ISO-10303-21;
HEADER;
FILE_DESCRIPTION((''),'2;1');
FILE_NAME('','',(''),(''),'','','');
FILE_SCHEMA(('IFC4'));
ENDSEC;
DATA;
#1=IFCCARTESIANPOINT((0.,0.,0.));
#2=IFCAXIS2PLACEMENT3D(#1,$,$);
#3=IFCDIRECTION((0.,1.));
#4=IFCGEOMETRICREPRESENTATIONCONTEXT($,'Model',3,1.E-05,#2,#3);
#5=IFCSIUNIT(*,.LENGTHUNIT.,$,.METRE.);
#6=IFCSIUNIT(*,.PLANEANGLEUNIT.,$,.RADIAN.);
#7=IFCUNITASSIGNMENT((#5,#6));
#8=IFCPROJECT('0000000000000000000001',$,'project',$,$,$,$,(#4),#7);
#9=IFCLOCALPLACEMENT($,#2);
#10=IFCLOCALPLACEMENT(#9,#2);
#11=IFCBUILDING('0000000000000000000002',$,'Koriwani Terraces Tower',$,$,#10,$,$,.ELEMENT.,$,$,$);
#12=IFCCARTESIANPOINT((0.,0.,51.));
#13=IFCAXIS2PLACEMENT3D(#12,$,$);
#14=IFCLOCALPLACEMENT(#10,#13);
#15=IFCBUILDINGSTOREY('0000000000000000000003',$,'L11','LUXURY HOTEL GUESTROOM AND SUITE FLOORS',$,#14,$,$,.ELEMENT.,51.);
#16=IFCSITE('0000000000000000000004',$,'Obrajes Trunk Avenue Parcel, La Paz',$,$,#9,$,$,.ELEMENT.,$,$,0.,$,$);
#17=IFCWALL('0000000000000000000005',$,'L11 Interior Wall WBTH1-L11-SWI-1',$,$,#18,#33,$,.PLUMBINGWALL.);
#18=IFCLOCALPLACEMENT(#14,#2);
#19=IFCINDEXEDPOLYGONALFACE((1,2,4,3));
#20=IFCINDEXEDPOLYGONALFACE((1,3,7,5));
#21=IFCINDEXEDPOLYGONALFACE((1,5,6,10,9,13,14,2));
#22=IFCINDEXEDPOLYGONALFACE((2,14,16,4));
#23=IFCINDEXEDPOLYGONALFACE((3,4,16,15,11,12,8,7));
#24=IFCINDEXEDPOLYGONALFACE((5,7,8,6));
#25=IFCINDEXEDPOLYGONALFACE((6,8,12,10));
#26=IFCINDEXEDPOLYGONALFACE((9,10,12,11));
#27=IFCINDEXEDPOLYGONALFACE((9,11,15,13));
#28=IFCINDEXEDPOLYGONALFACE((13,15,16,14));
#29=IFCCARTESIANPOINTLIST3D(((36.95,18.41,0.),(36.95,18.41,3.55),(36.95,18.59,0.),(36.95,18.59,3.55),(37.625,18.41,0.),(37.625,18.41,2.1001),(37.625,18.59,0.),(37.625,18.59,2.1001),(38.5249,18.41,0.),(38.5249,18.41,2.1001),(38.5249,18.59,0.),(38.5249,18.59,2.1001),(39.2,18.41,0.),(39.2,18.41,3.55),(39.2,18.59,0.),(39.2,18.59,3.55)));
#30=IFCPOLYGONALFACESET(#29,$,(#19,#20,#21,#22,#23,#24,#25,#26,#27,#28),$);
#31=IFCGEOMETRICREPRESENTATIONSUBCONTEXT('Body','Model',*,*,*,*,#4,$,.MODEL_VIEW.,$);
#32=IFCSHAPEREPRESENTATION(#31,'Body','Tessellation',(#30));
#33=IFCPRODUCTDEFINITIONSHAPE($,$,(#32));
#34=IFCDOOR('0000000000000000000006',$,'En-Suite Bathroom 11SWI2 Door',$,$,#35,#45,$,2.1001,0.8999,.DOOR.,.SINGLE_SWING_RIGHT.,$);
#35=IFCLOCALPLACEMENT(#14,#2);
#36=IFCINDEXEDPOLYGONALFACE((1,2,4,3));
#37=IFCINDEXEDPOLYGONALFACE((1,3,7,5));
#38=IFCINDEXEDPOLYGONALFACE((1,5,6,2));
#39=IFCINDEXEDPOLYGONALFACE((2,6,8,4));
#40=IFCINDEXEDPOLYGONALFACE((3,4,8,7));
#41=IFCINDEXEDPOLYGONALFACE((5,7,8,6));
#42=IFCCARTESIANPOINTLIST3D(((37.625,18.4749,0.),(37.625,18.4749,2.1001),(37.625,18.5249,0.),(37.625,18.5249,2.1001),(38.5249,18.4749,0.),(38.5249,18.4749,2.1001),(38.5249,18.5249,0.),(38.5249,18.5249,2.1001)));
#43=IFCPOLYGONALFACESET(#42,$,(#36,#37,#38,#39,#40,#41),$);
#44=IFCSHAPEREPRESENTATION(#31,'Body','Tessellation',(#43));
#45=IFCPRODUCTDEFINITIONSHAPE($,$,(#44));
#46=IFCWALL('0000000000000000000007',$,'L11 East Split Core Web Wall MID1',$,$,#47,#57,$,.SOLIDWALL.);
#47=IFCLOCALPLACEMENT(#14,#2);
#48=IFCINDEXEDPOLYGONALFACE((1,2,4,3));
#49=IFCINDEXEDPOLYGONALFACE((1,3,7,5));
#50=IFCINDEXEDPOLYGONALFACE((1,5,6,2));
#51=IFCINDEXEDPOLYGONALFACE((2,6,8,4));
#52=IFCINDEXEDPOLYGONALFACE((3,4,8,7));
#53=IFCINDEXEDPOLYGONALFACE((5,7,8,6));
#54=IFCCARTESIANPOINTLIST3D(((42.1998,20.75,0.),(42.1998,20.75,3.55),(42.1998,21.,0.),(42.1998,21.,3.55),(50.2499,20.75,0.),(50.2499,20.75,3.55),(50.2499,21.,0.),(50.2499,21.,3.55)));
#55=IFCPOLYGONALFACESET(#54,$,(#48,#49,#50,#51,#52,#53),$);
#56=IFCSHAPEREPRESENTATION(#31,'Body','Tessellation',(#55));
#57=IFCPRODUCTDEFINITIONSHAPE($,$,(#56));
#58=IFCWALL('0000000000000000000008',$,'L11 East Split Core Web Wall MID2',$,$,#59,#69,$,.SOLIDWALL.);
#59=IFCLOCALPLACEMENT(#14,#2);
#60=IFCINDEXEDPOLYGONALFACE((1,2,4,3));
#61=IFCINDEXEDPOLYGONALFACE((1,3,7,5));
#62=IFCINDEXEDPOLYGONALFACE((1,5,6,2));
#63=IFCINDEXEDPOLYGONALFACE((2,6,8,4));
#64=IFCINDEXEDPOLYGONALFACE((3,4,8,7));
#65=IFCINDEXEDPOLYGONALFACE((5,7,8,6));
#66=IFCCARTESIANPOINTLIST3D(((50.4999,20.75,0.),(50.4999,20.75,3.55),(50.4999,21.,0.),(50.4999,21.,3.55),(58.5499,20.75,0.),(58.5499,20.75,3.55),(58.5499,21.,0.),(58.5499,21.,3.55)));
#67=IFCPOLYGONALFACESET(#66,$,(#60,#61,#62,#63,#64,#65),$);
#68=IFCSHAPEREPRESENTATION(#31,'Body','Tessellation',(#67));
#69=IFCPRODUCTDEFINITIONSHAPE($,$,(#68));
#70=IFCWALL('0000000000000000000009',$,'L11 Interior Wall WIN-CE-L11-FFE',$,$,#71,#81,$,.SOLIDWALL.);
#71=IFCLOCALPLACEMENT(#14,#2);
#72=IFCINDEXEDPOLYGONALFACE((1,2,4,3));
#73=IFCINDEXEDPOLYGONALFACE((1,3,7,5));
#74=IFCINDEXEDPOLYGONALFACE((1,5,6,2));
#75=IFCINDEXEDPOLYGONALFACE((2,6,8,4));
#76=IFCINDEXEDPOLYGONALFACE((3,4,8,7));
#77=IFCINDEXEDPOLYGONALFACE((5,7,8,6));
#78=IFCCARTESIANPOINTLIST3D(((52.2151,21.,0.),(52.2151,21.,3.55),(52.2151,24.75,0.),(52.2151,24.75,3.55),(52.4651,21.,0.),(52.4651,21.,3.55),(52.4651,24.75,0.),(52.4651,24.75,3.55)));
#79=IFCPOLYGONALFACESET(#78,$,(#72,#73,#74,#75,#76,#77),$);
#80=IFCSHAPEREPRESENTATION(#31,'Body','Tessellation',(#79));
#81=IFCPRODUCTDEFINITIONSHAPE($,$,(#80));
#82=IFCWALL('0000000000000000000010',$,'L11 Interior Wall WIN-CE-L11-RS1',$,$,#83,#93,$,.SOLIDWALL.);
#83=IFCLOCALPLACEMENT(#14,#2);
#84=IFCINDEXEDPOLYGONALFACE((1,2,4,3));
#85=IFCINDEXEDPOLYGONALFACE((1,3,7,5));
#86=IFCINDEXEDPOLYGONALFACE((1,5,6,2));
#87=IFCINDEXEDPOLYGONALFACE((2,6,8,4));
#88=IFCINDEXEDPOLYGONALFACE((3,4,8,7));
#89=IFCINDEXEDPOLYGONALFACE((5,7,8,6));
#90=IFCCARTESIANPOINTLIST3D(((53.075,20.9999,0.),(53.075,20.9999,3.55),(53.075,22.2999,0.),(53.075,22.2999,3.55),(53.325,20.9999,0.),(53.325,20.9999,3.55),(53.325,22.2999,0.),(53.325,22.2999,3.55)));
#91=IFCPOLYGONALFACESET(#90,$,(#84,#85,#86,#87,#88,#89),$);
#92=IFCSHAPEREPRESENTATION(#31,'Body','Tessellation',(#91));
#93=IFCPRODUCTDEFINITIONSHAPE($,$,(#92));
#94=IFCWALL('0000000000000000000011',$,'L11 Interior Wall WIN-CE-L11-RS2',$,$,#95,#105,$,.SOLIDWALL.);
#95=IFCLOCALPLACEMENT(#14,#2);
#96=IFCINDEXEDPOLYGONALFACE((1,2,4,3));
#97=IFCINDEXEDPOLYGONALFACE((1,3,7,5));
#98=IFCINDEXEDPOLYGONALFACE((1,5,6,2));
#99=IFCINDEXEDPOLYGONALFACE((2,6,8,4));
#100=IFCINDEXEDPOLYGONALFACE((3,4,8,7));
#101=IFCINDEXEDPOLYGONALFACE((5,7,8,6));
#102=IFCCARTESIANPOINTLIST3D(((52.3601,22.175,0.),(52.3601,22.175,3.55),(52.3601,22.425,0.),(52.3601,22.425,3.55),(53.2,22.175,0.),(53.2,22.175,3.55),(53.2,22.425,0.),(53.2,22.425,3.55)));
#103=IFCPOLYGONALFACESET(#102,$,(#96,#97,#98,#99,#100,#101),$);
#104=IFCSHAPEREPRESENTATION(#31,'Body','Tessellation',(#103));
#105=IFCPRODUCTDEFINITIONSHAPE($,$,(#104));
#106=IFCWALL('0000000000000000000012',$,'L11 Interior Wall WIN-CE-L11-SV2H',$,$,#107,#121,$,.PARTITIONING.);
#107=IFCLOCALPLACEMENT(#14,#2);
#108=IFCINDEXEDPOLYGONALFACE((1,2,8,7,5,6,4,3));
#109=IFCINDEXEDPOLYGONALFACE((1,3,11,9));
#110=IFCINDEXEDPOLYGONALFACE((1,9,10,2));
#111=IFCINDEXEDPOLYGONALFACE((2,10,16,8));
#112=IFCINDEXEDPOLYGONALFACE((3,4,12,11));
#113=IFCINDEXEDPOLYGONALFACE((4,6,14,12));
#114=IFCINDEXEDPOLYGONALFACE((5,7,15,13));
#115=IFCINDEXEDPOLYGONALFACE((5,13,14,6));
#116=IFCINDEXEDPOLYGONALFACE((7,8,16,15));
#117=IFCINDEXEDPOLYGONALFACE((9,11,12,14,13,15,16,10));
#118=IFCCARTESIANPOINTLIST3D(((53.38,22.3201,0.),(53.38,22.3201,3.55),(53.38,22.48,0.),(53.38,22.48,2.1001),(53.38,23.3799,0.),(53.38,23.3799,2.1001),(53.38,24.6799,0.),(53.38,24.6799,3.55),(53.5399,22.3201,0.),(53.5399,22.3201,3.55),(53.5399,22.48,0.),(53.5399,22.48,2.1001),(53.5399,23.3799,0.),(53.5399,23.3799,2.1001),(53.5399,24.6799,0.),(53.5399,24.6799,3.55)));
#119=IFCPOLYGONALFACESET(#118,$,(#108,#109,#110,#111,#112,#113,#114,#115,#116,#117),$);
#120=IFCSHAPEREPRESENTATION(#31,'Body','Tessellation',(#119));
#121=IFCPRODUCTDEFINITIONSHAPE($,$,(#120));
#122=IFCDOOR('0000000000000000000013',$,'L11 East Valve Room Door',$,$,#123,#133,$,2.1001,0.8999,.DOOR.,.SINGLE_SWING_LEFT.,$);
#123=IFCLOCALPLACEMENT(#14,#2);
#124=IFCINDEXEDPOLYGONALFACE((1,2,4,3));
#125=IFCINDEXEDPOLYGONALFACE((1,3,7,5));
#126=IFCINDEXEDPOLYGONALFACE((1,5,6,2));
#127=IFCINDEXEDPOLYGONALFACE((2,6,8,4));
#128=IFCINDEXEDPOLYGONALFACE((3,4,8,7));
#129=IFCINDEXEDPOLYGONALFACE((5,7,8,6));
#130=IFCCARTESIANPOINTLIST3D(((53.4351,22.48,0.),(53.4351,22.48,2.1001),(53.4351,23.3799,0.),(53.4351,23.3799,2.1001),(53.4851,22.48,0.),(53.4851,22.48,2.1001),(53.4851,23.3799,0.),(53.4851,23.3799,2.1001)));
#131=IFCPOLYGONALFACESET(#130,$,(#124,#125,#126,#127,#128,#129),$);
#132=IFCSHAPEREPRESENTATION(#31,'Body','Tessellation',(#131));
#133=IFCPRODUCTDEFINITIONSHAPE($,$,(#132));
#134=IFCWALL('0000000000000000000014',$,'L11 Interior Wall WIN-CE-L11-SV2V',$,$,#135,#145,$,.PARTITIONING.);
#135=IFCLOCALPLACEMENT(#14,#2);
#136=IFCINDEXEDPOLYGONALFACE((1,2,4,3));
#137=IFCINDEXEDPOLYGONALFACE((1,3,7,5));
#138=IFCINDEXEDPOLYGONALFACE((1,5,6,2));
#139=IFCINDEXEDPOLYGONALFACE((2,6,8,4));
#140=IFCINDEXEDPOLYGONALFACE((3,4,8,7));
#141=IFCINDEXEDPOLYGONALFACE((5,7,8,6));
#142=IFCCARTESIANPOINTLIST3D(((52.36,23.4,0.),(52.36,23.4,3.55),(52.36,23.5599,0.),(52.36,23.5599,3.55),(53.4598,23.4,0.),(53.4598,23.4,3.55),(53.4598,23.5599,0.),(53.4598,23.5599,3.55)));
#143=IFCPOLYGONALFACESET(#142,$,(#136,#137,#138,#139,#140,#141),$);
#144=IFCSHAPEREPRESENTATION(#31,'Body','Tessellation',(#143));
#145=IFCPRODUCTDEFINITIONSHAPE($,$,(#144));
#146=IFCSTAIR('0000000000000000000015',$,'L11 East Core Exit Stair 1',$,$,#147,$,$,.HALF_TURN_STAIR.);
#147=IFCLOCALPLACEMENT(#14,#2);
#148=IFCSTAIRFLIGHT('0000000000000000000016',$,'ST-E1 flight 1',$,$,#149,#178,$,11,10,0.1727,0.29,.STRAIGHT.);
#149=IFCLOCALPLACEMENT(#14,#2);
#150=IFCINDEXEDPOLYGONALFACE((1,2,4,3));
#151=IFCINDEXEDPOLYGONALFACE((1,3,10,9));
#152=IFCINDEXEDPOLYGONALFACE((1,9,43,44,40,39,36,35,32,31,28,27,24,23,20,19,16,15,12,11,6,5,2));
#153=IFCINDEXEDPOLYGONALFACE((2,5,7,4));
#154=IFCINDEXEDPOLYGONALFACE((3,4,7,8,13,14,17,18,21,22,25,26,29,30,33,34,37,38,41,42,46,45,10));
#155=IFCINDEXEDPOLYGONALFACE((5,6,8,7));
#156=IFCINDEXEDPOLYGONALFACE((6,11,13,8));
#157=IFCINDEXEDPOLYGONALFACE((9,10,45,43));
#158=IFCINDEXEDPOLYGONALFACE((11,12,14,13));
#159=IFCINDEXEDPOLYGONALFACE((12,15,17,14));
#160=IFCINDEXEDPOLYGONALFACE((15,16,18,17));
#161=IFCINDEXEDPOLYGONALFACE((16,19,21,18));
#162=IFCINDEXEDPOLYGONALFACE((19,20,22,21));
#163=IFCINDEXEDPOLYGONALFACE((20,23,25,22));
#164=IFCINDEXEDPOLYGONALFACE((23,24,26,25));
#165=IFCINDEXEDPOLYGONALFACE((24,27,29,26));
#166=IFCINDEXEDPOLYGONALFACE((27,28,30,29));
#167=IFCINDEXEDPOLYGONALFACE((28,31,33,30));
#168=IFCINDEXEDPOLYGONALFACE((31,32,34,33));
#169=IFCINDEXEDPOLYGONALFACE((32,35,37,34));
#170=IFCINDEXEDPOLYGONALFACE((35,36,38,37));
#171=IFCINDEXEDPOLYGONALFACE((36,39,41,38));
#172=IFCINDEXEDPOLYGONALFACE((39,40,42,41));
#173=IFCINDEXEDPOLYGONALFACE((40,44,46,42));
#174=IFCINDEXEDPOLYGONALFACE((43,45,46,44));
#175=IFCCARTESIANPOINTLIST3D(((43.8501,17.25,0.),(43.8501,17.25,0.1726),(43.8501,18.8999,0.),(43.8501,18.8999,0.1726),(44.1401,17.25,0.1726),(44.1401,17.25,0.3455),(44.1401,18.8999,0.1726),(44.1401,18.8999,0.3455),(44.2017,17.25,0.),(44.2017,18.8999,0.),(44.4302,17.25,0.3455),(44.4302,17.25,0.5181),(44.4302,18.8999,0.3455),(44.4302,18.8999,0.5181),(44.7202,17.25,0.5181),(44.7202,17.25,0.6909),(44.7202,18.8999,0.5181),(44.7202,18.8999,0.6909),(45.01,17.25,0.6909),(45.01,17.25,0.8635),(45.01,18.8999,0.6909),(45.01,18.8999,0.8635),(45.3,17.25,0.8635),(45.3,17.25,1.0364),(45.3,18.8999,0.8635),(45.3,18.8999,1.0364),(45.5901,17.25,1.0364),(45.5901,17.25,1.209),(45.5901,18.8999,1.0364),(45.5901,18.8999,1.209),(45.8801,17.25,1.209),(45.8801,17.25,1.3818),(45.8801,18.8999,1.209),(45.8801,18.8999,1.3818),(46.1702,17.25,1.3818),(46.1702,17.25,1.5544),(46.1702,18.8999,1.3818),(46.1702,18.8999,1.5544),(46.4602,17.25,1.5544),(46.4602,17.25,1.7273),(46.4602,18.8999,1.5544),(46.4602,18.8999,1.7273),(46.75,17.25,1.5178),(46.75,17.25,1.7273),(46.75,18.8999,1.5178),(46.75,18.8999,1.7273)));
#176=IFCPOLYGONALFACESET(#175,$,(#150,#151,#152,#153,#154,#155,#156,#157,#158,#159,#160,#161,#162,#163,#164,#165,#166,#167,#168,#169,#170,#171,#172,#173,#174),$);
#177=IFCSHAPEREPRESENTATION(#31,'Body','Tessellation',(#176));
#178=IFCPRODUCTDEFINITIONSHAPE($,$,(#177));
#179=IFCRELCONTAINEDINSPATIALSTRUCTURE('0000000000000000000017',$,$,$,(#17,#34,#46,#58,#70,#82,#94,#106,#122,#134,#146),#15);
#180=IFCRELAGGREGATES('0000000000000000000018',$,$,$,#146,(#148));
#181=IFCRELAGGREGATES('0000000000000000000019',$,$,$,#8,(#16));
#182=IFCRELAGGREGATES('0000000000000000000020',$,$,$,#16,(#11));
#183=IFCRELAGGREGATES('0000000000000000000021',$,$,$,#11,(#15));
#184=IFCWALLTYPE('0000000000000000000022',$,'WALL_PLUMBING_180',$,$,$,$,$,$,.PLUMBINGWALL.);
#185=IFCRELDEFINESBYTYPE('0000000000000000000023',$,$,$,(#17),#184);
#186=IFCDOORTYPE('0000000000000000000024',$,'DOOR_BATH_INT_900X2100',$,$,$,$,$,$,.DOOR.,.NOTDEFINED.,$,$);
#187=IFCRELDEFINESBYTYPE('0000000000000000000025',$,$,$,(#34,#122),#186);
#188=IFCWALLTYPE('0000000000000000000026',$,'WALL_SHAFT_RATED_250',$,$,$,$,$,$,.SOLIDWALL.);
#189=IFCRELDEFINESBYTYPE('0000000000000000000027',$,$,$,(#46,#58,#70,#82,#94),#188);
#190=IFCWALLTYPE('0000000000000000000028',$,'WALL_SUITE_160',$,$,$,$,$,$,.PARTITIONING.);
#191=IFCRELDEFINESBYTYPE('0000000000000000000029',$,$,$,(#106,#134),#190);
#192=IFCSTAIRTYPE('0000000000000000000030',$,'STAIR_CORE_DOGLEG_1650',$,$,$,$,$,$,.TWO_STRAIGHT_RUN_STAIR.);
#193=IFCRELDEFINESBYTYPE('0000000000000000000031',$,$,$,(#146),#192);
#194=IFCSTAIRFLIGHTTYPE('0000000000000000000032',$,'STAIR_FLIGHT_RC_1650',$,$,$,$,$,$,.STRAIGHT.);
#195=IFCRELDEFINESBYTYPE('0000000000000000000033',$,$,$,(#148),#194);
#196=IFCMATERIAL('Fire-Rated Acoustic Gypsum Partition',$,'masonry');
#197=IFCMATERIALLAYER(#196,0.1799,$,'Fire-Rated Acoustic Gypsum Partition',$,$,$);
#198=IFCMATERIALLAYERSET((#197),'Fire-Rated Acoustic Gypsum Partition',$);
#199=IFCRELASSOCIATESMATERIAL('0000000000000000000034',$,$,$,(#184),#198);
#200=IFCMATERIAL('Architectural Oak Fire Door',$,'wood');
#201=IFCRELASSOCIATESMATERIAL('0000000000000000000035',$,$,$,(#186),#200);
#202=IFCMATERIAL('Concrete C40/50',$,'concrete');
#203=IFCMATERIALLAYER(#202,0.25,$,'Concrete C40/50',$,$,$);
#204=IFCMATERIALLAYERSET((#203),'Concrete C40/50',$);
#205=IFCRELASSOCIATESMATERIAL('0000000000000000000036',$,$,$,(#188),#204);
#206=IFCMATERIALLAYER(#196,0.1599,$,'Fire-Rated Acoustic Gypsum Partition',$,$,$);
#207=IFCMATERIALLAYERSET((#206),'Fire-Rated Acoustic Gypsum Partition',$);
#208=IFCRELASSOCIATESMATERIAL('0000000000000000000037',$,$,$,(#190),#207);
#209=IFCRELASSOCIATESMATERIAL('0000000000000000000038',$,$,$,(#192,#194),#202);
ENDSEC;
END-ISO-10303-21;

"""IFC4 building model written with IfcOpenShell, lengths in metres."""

from ifc_helpers import new_model, si_unit, direction, frame, frame_2d, origin, place, context, subcontext, project, spatial, polyline, rectangle, outline, extrude, material, layer, layer_set, type_object, element, fill, aggregate, save


model = new_model("IFC4")

# Units and contexts
model_context = context("Model", 3, precision=1e-05, world=origin(), true_north=direction((0.0, 1.0)))
body_context = subcontext(model_context, "Body", "Model", "MODEL_VIEW")
ifc_project = project(units=[si_unit("LENGTHUNIT", "METRE"), si_unit("PLANEANGLEUNIT", "RADIAN")], contexts=[model_context])

# Site, building, storey
site_placement = place(None, origin())
site = spatial("IfcSite", under=ifc_project, at=site_placement, Name="Obrajes Trunk Avenue Parcel, La Paz", CompositionType="ELEMENT", RefElevation=0.0)
building_placement = place(site_placement, origin())
building = spatial("IfcBuilding", under=site, at=building_placement, Name="Koriwani Terraces Tower", CompositionType="ELEMENT")
storey_placement = place(building_placement, frame((0.0, 0.0, 51.0)))
storey = spatial("IfcBuildingStorey", under=building, at=storey_placement, Name="L11", Description="LUXURY HOTEL GUESTROOM AND SUITE FLOORS", CompositionType="ELEMENT", Elevation=51.0)

# Wall, opening, door
ifc_material_1 = material(Name="Fire-Rated Acoustic Gypsum Partition", Category="masonry")
ifc_layer_1 = layer(ifc_material_1, 0.1799, Name="Fire-Rated Acoustic Gypsum Partition")
ifc_layer_set_1 = layer_set([ifc_layer_1], Name="Fire-Rated Acoustic Gypsum Partition")
wall_type_1 = type_object("IfcWallType", Name="WALL_PLUMBING_180", PredefinedType="PLUMBINGWALL", material=ifc_layer_set_1)
ifc_material_2 = material(Name="Architectural Oak Fire Door", Category="wood")
door_type_1 = type_object("IfcDoorType", Name="DOOR_BATH_INT_900X2100", OperationType="NOTDEFINED", PredefinedType="DOOR", material=ifc_material_2)
wall_1_placement = place(storey_placement, frame((36.95, 18.5, 0.0), z_axis=(0.0, 0.0, 1.0), x_axis=(1.0, 0.0, 0.0)))
wall_1 = element("IfcWall", 1, at=wall_1_placement, inside=storey, type_object=wall_type_1, Name="L11 Interior Wall WBTH1-L11-SWI-1", PredefinedType="PLUMBINGWALL", context=body_context, shape_type="SweptSolid", body=[
    extrude(rectangle(XDim=2.25, YDim=0.1799, at=frame_2d((1.125, 0.0))), origin(), (0.0, 0.0, 1.0), 3.55),
])
opening_1_placement = place(wall_1_placement, frame((0.675, 0.0, 0.0)))
opening_1 = element("IfcOpeningElement", 2, at=opening_1_placement, cuts=wall_1, PredefinedType="OPENING", context=body_context, shape_type="SweptSolid", body=[
    extrude(rectangle(XDim=0.8999, YDim=2.1001, at=frame_2d((0.45, 1.05))), frame((0.0, 0.1001, 0.0), z_axis=(0.0, -1.0, 0.0), x_axis=(1.0, 0.0, 0.0)), (0.0, 0.0, 1.0), 0.2),
])
door_1_placement = place(opening_1_placement, origin())
door_1 = element("IfcDoor", 3, at=door_1_placement, inside=storey, type_object=door_type_1, Name="En-Suite Bathroom 11SWI2 Door", OperationType="SINGLE_SWING_RIGHT", OverallHeight=2.1001, OverallWidth=0.8999, PredefinedType="DOOR", context=body_context, shape_type="SweptSolid", body=[
    extrude(rectangle(XDim=0.8999, YDim=2.1001, at=frame_2d((0.45, 1.05))), frame((0.0, 0.0249, 0.0), z_axis=(0.0, -1.0, 0.0), x_axis=(1.0, 0.0, 0.0)), (0.0, 0.0, 1.0), 0.05),
])
fill(opening_1, door_1)

# Walls
ifc_material_3 = material(Name="Concrete C40/50", Category="concrete")
ifc_layer_2 = layer(ifc_material_3, 0.25, Name="Concrete C40/50")
ifc_layer_set_2 = layer_set([ifc_layer_2], Name="Concrete C40/50")
wall_type_2 = type_object("IfcWallType", Name="WALL_SHAFT_RATED_250", PredefinedType="SOLIDWALL", material=ifc_layer_set_2)
for number, where, z_axis, x_axis, name in (
    (4, (42.2, 20.875, 0.0), (0.0, 0.0, 1.0), (1.0, 0.0, 0.0), "L11 East Split Core Web Wall MID1"),
    (5, (50.5, 20.875, 0.0), (0.0, 0.0, 1.0), (1.0, 0.0, 0.0), "L11 East Split Core Web Wall MID2"),
):
    element("IfcWall", number, at=place(storey_placement, frame(where, z_axis=z_axis, x_axis=x_axis)), inside=storey, type_object=wall_type_2, Name=name, PredefinedType="SOLIDWALL", context=body_context, shape_type="SweptSolid", body=[
        extrude(rectangle(XDim=8.05, YDim=0.25, at=frame_2d((4.0249, 0.0))), origin(), (0.0, 0.0, 1.0), 3.55),
    ])

# Walls
wall_2_placement = place(storey_placement, frame((52.3401, 21.0, 0.0), z_axis=(0.0, 0.0, 1.0), x_axis=(0.0, 1.0, 0.0)))
element("IfcWall", 6, at=wall_2_placement, inside=storey, type_object=wall_type_2, Name="L11 Interior Wall WIN-CE-L11-FFE", PredefinedType="SOLIDWALL", context=body_context, shape_type="SweptSolid", body=[
    extrude(rectangle(XDim=3.75, YDim=0.25, at=frame_2d((1.875, 0.0))), origin(), (0.0, 0.0, 1.0), 3.55),
])
wall_3_placement = place(storey_placement, frame((53.2, 21.0, 0.0), z_axis=(0.0, 0.0, 1.0), x_axis=(0.0, 1.0, 0.0)))
element("IfcWall", 7, at=wall_3_placement, inside=storey, type_object=wall_type_2, Name="L11 Interior Wall WIN-CE-L11-RS1", PredefinedType="SOLIDWALL", context=body_context, shape_type="SweptSolid", body=[
    extrude(rectangle(XDim=1.3, YDim=0.25, at=frame_2d((0.6499, 0.0))), origin(), (0.0, 0.0, 1.0), 3.55),
])
wall_4_placement = place(storey_placement, frame((52.3601, 22.3, 0.0), z_axis=(0.0, 0.0, 1.0), x_axis=(1.0, 0.0, 0.0)))
element("IfcWall", 8, at=wall_4_placement, inside=storey, type_object=wall_type_2, Name="L11 Interior Wall WIN-CE-L11-RS2", PredefinedType="SOLIDWALL", context=body_context, shape_type="SweptSolid", body=[
    extrude(rectangle(XDim=0.8398, YDim=0.25, at=frame_2d((0.4199, 0.0))), origin(), (0.0, 0.0, 1.0), 3.55),
])

# Wall, opening, door
ifc_layer_3 = layer(ifc_material_1, 0.1599, Name="Fire-Rated Acoustic Gypsum Partition")
ifc_layer_set_3 = layer_set([ifc_layer_3], Name="Fire-Rated Acoustic Gypsum Partition")
wall_type_3 = type_object("IfcWallType", Name="WALL_SUITE_160", PredefinedType="PARTITIONING", material=ifc_layer_set_3)
wall_5_placement = place(storey_placement, frame((53.46, 22.3201, 0.0), z_axis=(0.0, 0.0, 1.0), x_axis=(0.0, 1.0, 0.0)))
wall_5 = element("IfcWall", 9, at=wall_5_placement, inside=storey, type_object=wall_type_3, Name="L11 Interior Wall WIN-CE-L11-SV2H", PredefinedType="PARTITIONING", context=body_context, shape_type="SweptSolid", body=[
    extrude(rectangle(XDim=2.3599, YDim=0.1599, at=frame_2d((1.1799, 0.0))), origin(), (0.0, 0.0, 1.0), 3.55),
])
opening_2_placement = place(wall_5_placement, frame((0.1599, 0.0, 0.0)))
opening_2 = element("IfcOpeningElement", 10, at=opening_2_placement, cuts=wall_5, PredefinedType="OPENING", context=body_context, shape_type="SweptSolid", body=[
    extrude(rectangle(XDim=0.8999, YDim=2.1001, at=frame_2d((0.45, 1.05))), frame((0.0, 0.0898, 0.0), z_axis=(0.0, -1.0, 0.0), x_axis=(1.0, 0.0, 0.0)), (0.0, 0.0, 1.0), 0.1799),
])
door_2_placement = place(opening_2_placement, origin())
door_2 = element("IfcDoor", 11, at=door_2_placement, inside=storey, type_object=door_type_1, Name="L11 East Valve Room Door", OperationType="SINGLE_SWING_LEFT", OverallHeight=2.1001, OverallWidth=0.8999, PredefinedType="DOOR", context=body_context, shape_type="SweptSolid", body=[
    extrude(rectangle(XDim=0.8999, YDim=2.1001, at=frame_2d((0.45, 1.05))), frame((0.0, 0.0249, 0.0), z_axis=(0.0, -1.0, 0.0), x_axis=(1.0, 0.0, 0.0)), (0.0, 0.0, 1.0), 0.05),
])
fill(opening_2, door_2)

# Wall
wall_6_placement = place(storey_placement, frame((52.3601, 23.48, 0.0), z_axis=(0.0, 0.0, 1.0), x_axis=(1.0, 0.0, 0.0)))
element("IfcWall", 12, at=wall_6_placement, inside=storey, type_object=wall_type_3, Name="L11 Interior Wall WIN-CE-L11-SV2V", PredefinedType="PARTITIONING", context=body_context, shape_type="SweptSolid", body=[
    extrude(rectangle(XDim=1.0999, YDim=0.1599, at=frame_2d((0.5498, 0.0))), origin(), (0.0, 0.0, 1.0), 3.55),
])

# Stair, stair flight
stair_type = type_object("IfcStairType", Name="STAIR_CORE_DOGLEG_1650", PredefinedType="TWO_STRAIGHT_RUN_STAIR", material=ifc_material_3)
stair_placement = place(storey_placement, origin())
stair = element("IfcStair", 13, at=stair_placement, inside=storey, type_object=stair_type, Name="L11 East Core Exit Stair 1", PredefinedType="HALF_TURN_STAIR")
stair_flight_type = type_object("IfcStairFlightType", Name="STAIR_FLIGHT_RC_1650", PredefinedType="STRAIGHT", material=ifc_material_3)
stair_flight_1_placement = place(storey_placement, frame((43.8501, 18.075, 0.0), z_axis=(0.0, 0.0, 1.0), x_axis=(1.0, 0.0, 0.0)))
stair_flight_1 = element("IfcStairFlight", 14, at=stair_flight_1_placement, type_object=stair_flight_type, Name="ST-E1 flight 1", NumberOfRisers=11, NumberOfTreads=10, PredefinedType="STRAIGHT", RiserHeight=0.1727, TreadLength=0.29, context=body_context, shape_type="SweptSolid", body=[
    extrude(outline(polyline([(0.0, 0.0), (0.0, 0.1726), (0.29, 0.1726), (0.29, 0.3455), (0.5801, 0.3455), (0.5801, 0.5181), (0.8701, 0.5181), (0.8701, 0.6909), (1.1599, 0.6909), (1.1599, 0.8635), (1.45, 0.8635), (1.45, 1.0364), (1.74, 1.0364), (1.74, 1.209), (2.03, 1.209), (2.03, 1.3818), (2.3201, 1.3818), (2.3201, 1.5544), (2.6101, 1.5544), (2.6101, 1.7273), (2.8999, 1.7273), (2.8999, 1.8999), (2.8999, 1.5178), (0.3516, 0.0), (0.0, 0.0)])), frame((0.0, 0.825, 0.0), z_axis=(0.0, -1.0, 0.0), x_axis=(1.0, 0.0, 0.0)), (0.0, 0.0, 1.0), 1.6499),
])
aggregate(stair, [stair_flight_1])

save(model, "model.ifc")
